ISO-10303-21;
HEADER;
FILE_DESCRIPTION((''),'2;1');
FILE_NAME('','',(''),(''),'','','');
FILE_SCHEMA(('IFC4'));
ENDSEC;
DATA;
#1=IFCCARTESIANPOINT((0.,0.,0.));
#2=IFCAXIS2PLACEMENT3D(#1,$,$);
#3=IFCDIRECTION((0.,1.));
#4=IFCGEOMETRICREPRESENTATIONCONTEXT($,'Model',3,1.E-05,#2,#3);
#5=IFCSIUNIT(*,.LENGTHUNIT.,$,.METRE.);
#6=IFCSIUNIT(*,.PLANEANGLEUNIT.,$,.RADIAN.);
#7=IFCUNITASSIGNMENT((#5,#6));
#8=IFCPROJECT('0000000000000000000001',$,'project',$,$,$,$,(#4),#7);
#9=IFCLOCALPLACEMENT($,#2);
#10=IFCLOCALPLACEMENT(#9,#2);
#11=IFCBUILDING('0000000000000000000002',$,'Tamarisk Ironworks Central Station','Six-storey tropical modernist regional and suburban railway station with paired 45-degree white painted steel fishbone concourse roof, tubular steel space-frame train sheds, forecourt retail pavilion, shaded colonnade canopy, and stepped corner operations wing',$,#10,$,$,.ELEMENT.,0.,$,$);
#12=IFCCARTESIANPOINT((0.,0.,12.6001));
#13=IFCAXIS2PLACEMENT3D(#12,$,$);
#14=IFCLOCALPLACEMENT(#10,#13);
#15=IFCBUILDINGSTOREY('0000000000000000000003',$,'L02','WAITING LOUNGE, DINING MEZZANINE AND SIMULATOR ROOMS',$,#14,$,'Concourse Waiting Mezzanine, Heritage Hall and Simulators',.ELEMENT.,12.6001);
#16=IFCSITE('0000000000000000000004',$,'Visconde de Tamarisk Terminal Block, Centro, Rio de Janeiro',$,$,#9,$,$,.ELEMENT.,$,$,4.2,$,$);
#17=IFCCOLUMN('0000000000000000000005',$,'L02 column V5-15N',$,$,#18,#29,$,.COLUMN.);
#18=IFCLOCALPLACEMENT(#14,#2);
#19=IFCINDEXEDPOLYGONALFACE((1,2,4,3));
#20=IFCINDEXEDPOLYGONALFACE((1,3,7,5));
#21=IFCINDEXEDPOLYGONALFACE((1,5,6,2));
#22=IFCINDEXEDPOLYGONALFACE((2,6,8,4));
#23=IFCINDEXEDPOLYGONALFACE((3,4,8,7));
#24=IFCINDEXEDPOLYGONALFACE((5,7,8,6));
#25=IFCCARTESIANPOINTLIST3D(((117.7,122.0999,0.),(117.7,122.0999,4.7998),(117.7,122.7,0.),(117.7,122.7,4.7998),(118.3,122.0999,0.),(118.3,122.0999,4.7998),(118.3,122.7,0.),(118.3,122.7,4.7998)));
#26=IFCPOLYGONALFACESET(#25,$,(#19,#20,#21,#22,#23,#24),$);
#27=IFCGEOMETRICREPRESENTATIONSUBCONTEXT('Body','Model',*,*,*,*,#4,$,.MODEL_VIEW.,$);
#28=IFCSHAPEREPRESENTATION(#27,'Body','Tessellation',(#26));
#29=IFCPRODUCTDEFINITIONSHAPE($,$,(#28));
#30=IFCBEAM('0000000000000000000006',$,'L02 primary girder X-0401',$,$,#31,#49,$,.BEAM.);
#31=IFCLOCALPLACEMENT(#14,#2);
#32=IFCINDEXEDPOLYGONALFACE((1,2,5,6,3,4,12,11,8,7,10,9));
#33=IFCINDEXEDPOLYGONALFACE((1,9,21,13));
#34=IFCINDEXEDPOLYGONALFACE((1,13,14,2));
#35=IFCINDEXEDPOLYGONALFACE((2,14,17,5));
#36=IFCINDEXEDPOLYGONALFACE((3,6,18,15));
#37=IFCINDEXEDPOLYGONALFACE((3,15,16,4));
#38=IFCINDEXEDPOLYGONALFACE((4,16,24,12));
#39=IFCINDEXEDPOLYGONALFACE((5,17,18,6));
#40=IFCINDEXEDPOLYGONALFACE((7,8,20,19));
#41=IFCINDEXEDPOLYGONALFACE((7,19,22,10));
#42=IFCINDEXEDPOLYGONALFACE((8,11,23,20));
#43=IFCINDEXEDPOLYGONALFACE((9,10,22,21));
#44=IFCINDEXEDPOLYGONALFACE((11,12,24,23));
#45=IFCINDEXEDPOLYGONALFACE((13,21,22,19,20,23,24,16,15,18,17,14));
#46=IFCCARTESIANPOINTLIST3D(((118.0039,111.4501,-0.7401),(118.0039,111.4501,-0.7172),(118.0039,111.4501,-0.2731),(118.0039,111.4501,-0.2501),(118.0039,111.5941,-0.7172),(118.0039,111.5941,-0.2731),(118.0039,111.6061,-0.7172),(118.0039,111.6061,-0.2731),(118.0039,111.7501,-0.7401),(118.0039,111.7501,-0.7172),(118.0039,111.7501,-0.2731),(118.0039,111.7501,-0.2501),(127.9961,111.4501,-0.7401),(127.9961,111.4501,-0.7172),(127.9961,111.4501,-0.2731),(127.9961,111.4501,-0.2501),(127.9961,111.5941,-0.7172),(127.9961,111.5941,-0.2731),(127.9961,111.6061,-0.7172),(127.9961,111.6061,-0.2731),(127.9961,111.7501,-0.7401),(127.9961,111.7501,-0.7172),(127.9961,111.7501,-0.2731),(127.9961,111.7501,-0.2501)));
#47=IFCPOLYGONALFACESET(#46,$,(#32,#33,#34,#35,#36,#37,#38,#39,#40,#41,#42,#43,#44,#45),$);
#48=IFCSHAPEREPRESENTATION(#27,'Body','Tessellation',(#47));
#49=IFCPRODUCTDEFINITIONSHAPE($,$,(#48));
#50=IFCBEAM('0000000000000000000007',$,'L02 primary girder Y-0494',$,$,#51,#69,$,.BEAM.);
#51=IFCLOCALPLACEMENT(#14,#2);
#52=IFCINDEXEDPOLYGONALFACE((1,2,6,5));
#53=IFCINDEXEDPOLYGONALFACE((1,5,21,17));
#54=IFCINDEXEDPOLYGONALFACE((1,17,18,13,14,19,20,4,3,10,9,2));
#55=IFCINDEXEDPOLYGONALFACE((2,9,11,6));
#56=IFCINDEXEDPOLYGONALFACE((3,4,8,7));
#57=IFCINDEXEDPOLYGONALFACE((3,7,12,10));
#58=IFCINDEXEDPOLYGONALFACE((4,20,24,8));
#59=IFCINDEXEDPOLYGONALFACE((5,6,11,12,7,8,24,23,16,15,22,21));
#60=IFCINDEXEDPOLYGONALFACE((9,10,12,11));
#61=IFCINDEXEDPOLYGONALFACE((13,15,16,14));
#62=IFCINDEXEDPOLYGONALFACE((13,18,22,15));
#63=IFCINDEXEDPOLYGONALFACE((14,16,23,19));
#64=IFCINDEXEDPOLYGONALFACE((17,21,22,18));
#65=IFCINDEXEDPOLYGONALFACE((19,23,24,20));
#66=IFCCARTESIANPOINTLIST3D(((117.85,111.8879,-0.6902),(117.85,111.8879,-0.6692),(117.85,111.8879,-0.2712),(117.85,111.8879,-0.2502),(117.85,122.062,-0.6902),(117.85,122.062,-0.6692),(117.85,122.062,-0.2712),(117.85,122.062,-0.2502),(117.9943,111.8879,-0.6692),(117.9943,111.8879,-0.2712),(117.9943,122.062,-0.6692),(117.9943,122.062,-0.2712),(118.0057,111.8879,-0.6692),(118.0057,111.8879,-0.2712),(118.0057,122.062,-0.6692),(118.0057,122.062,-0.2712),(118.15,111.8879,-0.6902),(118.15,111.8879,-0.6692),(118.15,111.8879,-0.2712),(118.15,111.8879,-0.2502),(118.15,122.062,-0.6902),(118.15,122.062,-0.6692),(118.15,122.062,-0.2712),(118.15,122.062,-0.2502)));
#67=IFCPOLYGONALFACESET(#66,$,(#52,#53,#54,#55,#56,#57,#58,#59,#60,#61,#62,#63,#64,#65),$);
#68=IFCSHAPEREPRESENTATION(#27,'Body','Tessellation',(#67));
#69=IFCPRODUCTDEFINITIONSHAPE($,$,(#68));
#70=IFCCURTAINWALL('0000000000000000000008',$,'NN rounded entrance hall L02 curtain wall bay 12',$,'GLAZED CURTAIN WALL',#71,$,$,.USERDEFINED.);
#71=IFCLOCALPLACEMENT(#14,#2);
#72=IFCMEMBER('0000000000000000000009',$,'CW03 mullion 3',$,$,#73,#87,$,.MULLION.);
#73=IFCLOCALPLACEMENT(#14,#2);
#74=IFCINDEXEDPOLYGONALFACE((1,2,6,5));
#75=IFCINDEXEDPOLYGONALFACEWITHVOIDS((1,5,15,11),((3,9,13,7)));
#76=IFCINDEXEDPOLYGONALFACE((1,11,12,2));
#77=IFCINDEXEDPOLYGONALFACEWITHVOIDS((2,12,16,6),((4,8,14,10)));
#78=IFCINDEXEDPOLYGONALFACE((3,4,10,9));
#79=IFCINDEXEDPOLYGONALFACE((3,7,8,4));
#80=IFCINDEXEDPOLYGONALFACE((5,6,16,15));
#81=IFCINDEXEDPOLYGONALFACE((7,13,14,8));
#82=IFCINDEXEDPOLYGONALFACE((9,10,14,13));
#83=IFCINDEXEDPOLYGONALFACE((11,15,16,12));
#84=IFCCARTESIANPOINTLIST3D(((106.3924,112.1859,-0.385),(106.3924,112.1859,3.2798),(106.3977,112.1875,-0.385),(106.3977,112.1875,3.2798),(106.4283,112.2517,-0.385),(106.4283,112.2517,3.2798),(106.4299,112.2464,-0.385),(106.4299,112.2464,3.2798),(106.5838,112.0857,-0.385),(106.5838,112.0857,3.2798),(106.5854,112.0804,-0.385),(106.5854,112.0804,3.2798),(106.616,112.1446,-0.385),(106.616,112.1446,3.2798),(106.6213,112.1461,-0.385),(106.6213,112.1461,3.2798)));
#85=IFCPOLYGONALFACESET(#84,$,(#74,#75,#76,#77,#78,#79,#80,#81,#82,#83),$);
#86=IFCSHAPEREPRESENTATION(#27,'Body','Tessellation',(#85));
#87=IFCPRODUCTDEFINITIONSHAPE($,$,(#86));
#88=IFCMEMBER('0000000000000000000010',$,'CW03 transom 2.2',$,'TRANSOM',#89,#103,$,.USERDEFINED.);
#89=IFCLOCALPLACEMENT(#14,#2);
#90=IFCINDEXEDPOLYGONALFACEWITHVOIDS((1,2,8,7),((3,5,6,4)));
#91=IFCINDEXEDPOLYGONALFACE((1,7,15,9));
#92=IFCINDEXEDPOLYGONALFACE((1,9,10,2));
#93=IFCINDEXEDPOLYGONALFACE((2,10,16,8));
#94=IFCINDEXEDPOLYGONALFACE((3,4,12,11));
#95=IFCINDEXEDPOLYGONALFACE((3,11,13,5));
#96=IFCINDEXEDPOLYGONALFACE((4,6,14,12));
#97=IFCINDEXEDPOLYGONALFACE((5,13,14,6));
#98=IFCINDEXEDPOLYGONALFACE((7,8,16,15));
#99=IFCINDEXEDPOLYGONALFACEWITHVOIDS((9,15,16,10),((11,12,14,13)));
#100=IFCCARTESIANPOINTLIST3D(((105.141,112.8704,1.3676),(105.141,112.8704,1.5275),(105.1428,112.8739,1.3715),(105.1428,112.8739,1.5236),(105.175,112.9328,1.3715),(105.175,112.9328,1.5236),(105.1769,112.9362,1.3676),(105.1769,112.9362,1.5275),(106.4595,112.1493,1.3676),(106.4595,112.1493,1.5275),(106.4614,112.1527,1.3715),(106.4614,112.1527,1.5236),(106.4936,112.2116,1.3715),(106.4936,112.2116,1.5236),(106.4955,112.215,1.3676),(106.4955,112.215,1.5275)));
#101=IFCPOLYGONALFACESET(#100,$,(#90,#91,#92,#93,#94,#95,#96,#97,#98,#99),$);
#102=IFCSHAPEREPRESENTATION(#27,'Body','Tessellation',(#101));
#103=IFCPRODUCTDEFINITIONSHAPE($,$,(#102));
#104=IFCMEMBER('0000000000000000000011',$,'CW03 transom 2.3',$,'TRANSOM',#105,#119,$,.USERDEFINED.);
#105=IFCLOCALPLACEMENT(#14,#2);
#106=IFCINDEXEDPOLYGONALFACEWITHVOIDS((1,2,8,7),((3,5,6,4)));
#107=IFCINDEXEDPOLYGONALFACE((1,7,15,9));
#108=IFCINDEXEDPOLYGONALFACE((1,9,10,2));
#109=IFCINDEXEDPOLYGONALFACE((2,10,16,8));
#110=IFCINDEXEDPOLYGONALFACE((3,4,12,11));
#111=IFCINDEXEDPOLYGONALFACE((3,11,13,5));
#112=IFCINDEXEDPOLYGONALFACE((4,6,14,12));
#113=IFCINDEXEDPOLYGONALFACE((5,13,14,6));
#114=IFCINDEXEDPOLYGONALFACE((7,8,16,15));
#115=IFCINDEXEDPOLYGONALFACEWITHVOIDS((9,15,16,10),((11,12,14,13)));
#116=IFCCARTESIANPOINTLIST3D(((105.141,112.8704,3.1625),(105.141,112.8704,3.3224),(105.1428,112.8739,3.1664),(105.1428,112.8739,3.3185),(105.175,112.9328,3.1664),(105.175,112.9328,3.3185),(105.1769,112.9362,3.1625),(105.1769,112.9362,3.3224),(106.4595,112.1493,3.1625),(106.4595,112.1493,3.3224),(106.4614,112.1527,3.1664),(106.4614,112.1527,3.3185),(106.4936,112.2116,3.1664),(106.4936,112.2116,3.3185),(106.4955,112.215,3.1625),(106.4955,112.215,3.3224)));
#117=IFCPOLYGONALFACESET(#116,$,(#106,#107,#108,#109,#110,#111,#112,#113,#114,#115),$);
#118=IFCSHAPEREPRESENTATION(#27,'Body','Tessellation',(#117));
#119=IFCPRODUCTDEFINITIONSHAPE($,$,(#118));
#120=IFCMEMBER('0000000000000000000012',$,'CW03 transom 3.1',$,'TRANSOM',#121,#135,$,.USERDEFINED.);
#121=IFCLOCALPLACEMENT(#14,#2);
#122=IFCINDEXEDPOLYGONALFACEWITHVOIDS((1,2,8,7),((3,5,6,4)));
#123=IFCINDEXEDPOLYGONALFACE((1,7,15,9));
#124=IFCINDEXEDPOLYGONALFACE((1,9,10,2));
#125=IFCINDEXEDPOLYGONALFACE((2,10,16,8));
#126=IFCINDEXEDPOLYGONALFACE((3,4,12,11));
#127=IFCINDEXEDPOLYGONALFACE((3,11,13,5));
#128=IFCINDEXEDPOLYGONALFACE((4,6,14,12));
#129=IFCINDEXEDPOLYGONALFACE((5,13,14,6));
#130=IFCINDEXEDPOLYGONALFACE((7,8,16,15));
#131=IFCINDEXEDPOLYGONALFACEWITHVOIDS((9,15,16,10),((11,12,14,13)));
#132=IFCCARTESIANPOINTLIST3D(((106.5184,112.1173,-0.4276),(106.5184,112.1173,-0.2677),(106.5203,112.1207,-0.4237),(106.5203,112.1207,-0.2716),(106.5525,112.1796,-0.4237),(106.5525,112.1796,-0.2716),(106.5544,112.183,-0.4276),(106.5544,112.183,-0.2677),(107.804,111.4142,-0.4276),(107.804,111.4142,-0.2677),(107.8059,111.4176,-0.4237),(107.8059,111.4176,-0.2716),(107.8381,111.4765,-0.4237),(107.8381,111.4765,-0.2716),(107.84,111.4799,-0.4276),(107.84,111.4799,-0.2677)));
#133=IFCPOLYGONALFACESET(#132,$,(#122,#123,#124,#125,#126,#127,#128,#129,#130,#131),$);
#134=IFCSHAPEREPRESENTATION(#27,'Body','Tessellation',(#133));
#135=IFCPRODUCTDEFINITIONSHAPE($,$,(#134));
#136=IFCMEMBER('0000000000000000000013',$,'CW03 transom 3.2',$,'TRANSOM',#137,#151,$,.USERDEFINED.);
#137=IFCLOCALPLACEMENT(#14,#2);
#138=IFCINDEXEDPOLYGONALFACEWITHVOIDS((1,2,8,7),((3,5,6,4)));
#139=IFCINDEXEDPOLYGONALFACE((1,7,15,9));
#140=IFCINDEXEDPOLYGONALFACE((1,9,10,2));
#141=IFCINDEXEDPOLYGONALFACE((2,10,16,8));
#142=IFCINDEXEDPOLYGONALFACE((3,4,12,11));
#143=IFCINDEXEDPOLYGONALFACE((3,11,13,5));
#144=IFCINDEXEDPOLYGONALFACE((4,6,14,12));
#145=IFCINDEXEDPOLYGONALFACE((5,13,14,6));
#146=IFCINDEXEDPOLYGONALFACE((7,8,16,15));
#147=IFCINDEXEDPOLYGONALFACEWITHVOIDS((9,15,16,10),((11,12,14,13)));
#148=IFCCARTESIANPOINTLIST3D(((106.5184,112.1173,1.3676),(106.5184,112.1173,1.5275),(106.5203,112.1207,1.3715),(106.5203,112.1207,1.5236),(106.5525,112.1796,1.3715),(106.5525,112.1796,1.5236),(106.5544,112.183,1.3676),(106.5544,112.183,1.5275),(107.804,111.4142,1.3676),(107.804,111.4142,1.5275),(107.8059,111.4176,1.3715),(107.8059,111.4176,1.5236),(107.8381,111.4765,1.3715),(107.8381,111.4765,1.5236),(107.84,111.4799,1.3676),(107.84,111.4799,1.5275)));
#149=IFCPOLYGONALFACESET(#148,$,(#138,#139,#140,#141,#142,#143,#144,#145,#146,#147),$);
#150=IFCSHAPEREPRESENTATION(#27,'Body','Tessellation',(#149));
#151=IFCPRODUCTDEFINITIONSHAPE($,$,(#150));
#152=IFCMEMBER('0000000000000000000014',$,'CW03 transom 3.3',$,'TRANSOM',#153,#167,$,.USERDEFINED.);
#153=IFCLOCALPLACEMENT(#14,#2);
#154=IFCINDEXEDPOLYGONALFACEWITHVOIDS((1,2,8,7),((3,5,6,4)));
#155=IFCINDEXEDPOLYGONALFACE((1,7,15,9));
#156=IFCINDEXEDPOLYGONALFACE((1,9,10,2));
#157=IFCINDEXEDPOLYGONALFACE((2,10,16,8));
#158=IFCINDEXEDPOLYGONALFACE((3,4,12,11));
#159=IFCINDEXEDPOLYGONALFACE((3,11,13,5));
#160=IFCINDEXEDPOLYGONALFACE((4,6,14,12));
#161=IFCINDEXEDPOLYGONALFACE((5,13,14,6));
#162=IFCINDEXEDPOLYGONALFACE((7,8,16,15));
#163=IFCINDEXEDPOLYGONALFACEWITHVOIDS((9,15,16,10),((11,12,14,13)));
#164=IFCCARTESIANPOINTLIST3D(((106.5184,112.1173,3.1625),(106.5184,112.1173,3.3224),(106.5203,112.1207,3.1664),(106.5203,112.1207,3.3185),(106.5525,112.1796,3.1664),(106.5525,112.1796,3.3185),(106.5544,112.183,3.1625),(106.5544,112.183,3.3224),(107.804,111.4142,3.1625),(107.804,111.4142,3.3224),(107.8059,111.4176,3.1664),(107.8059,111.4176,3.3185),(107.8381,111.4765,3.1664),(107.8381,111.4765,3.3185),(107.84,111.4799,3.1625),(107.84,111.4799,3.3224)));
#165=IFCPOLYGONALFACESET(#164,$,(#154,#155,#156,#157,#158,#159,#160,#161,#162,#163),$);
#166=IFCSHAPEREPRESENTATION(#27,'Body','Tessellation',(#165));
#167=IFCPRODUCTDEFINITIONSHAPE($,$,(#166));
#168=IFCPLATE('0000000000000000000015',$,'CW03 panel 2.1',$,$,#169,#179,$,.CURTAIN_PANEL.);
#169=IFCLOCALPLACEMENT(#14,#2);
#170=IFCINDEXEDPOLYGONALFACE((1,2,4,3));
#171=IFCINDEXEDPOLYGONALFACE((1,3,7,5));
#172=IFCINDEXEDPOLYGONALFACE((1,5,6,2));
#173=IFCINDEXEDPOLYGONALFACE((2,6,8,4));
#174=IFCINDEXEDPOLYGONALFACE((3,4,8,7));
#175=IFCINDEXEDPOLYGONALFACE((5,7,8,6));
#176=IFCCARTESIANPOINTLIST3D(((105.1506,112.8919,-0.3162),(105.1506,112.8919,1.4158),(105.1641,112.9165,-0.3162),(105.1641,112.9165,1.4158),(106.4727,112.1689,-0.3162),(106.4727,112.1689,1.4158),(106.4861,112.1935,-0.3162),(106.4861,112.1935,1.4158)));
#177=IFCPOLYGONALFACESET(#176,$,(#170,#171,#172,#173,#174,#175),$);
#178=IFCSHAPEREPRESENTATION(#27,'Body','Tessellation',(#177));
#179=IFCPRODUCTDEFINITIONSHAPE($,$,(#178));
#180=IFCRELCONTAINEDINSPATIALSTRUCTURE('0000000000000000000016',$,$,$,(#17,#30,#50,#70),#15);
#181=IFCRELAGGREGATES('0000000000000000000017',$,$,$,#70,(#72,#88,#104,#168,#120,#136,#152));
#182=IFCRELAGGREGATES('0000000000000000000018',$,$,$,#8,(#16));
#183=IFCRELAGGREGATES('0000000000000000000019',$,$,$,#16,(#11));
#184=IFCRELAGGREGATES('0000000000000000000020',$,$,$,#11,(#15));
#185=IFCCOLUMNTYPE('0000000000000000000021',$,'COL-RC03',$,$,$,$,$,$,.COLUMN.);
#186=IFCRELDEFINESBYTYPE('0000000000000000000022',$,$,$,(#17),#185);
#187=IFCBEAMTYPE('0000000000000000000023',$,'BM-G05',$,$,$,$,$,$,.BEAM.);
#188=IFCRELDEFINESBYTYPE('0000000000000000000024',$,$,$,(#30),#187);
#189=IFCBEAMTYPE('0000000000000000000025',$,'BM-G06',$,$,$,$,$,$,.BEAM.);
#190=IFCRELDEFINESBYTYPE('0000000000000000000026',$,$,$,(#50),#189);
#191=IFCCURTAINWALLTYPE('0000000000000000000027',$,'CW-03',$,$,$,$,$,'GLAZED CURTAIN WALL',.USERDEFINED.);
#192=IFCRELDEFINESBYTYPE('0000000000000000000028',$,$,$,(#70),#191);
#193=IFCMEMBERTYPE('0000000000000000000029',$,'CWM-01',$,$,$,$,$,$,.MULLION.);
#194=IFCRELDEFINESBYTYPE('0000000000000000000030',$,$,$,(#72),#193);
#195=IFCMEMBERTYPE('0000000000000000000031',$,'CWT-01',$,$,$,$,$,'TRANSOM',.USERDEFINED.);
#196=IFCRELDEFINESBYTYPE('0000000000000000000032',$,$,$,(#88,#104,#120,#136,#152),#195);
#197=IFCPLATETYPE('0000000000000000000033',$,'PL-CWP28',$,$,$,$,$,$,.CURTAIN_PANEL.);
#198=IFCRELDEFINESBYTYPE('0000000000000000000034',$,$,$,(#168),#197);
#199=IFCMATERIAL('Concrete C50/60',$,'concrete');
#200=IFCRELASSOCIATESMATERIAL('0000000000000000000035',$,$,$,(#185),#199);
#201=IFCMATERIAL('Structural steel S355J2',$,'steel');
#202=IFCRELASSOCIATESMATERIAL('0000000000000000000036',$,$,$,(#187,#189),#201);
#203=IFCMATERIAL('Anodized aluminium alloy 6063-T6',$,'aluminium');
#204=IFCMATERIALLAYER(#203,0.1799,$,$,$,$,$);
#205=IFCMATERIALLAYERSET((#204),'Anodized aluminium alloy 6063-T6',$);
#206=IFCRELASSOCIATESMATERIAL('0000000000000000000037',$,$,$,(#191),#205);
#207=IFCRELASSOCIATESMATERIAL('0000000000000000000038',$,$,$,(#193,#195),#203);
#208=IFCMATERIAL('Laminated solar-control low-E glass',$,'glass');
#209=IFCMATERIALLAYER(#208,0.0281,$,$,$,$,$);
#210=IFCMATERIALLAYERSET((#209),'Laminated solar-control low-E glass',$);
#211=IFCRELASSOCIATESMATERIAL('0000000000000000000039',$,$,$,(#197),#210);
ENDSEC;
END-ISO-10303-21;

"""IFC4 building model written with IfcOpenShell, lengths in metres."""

from ifc_helpers import new_model, si_unit, direction, frame, origin, origin_2d, place, context, subcontext, project, spatial, rectangle, hollow_rectangle, i_section, extrude, material, layer, layer_set, material_profile, profile_set, type_object, element, aggregate, save


model = new_model("IFC4")

# Units and contexts
model_context = context("Model", 3, precision=1e-05, world=origin(), true_north=direction((0.0, 1.0)))
body_context = subcontext(model_context, "Body", "Model", "MODEL_VIEW")
ifc_project = project(units=[si_unit("LENGTHUNIT", "METRE"), si_unit("PLANEANGLEUNIT", "RADIAN")], contexts=[model_context])

# Site, building, storey
site_placement = place(None, origin())
site = spatial("IfcSite", under=ifc_project, at=site_placement, Name="Visconde de Tamarisk Terminal Block, Centro, Rio de Janeiro", CompositionType="ELEMENT", RefElevation=4.2)
building_placement = place(site_placement, origin())
building = spatial("IfcBuilding", under=site, at=building_placement, Name="Tamarisk Ironworks Central Station", Description="Six-storey tropical modernist regional and suburban railway station with paired 45-degree white painted steel fishbone concourse roof, tubular steel space-frame train sheds, forecourt retail pavilion, shaded colonnade canopy, and stepped corner operations wing", CompositionType="ELEMENT", ElevationOfRefHeight=0.0)
storey_placement = place(building_placement, frame((0.0, 0.0, 12.6001)))
storey = spatial("IfcBuildingStorey", under=building, at=storey_placement, Name="L02", Description="WAITING LOUNGE, DINING MEZZANINE AND SIMULATOR ROOMS", LongName="Concourse Waiting Mezzanine, Heritage Hall and Simulators", CompositionType="ELEMENT", Elevation=12.6001)

# Column
ifc_material_1 = material(Name="Concrete C50/60", Category="concrete")
ifc_material_profile_1 = material_profile(ifc_material_1, rectangle(XDim=0.6001, YDim=0.6001, at=origin_2d()), Name="RC 600x600")
ifc_profile_set_1 = profile_set([ifc_material_profile_1], Name="Concrete C50/60")
column_type = type_object("IfcColumnType", Name="COL-RC03", PredefinedType="COLUMN", material=ifc_profile_set_1)
column_placement = place(storey_placement, frame((118.0, 122.3999, 0.0), z_axis=(0.0, 0.0, 1.0), x_axis=(1.0, 0.0, 0.0)))
element("IfcColumn", 1, at=column_placement, inside=storey, type_object=column_type, Name="L02 column V5-15N", PredefinedType="COLUMN", context=body_context, shape_type="SweptSolid", body=[
    extrude(rectangle(XDim=0.6001, YDim=0.6001, at=origin_2d()), origin(), (0.0, 0.0, 1.0), 4.7998),
])

# Beams
ifc_material_2 = material(Name="Structural steel S355J2", Category="steel")
ifc_material_profile_2 = material_profile(ifc_material_2, i_section(OverallWidth=0.3, OverallDepth=0.49, WebThickness=0.012, FlangeThickness=0.0229, at=origin_2d()), Name="HEA 500")
ifc_profile_set_2 = profile_set([ifc_material_profile_2], Name="Structural steel S355J2")
beam_type_1 = type_object("IfcBeamType", Name="BM-G05", PredefinedType="BEAM", material=ifc_profile_set_2)
beam_1_placement = place(storey_placement, frame((118.0039, 111.6001, -0.4951), z_axis=(1.0, 0.0, 0.0), x_axis=(0.0, 1.0, 0.0)))
element("IfcBeam", 2, at=beam_1_placement, inside=storey, type_object=beam_type_1, Name="L02 primary girder X-0401", PredefinedType="BEAM", context=body_context, shape_type="SweptSolid", body=[
    extrude(i_section(OverallWidth=0.3, OverallDepth=0.49, WebThickness=0.012, FlangeThickness=0.0229, at=origin_2d()), origin(), (0.0, 0.0, 1.0), 9.9922),
])
ifc_material_profile_3 = material_profile(ifc_material_2, i_section(OverallWidth=0.3, OverallDepth=0.4399, WebThickness=0.0115, FlangeThickness=0.021, at=origin_2d()), Name="HEA 450")
ifc_profile_set_3 = profile_set([ifc_material_profile_3], Name="Structural steel S355J2")
beam_type_2 = type_object("IfcBeamType", Name="BM-G06", PredefinedType="BEAM", material=ifc_profile_set_3)
beam_2_placement = place(storey_placement, frame((118.0, 111.8879, -0.4702), z_axis=(0.0, 1.0, 0.0), x_axis=(-1.0, 0.0, 0.0)))
element("IfcBeam", 3, at=beam_2_placement, inside=storey, type_object=beam_type_2, Name="L02 primary girder Y-0494", PredefinedType="BEAM", context=body_context, shape_type="SweptSolid", body=[
    extrude(i_section(OverallWidth=0.3, OverallDepth=0.4399, WebThickness=0.0115, FlangeThickness=0.021, at=origin_2d()), origin(), (0.0, 0.0, 1.0), 10.1741),
])

# Curtain wall, members, plate
ifc_material_3 = material(Name="Anodized aluminium alloy 6063-T6", Category="aluminium")
ifc_layer_1 = layer(ifc_material_3, 0.1799)
ifc_layer_set_1 = layer_set([ifc_layer_1], Name="Anodized aluminium alloy 6063-T6")
curtain_wall_type = type_object("IfcCurtainWallType", Name="CW-03", ElementType="GLAZED CURTAIN WALL", PredefinedType="USERDEFINED", material=ifc_layer_set_1)
curtain_wall_placement = place(storey_placement, origin())
curtain_wall = element("IfcCurtainWall", 4, at=curtain_wall_placement, inside=storey, type_object=curtain_wall_type, Name="NN rounded entrance hall L02 curtain wall bay 12", ObjectType="GLAZED CURTAIN WALL", PredefinedType="USERDEFINED")
ifc_material_profile_4 = material_profile(ifc_material_3, hollow_rectangle(XDim=0.075, YDim=0.22, WallThickness=0.0039, at=origin_2d()), Name="ALUM 220x75")
ifc_profile_set_4 = profile_set([ifc_material_profile_4], Name="Anodized aluminium alloy 6063-T6")
member_type_1 = type_object("IfcMemberType", Name="CWM-01", PredefinedType="MULLION", material=ifc_profile_set_4)
member_1_placement = place(storey_placement, frame((106.5068, 112.166, -0.385), z_axis=(0.0, 0.0, 1.0), x_axis=(0.479805, 0.877375, 0.0)))
member_1 = element("IfcMember", 5, at=member_1_placement, type_object=member_type_1, Name="CW03 mullion 3", PredefinedType="MULLION", context=body_context, shape_type="SweptSolid", body=[
    extrude(hollow_rectangle(XDim=0.075, YDim=0.22, WallThickness=0.0039, at=origin_2d()), origin(), (0.0, 0.0, 1.0), 3.6648),
])
ifc_material_profile_5 = material_profile(ifc_material_3, hollow_rectangle(XDim=0.075, YDim=0.1599, WallThickness=0.0039, at=origin_2d()), Name="ALUM 160x75")
ifc_profile_set_5 = profile_set([ifc_material_profile_5], Name="Anodized aluminium alloy 6063-T6")
member_type_2 = type_object("IfcMemberType", Name="CWT-01", ElementType="TRANSOM", PredefinedType="USERDEFINED", material=ifc_profile_set_5)
member_2_placement = place(storey_placement, frame((105.1589, 112.9033, 1.4475), z_axis=(0.877349, -0.479853, 0.0), x_axis=(0.479853, 0.877349, 0.0)))
member_2 = element("IfcMember", 6, at=member_2_placement, type_object=member_type_2, Name="CW03 transom 2.2", ObjectType="TRANSOM", PredefinedType="USERDEFINED", context=body_context, shape_type="SweptSolid", body=[
    extrude(hollow_rectangle(XDim=0.075, YDim=0.1599, WallThickness=0.0039, at=origin_2d()), origin(), (0.0, 0.0, 1.0), 1.5029),
])
member_3_placement = place(storey_placement, frame((105.1589, 112.9033, 3.2424), z_axis=(0.877349, -0.479853, 0.0), x_axis=(0.479853, 0.877349, 0.0)))
member_3 = element("IfcMember", 7, at=member_3_placement, type_object=member_type_2, Name="CW03 transom 2.3", ObjectType="TRANSOM", PredefinedType="USERDEFINED", context=body_context, shape_type="SweptSolid", body=[
    extrude(hollow_rectangle(XDim=0.075, YDim=0.1599, WallThickness=0.0039, at=origin_2d()), origin(), (0.0, 0.0, 1.0), 1.5029),
])
member_4_placement = place(storey_placement, frame((106.5364, 112.1501, -0.3477), z_axis=(0.87736, -0.479832, 0.0), x_axis=(0.479832, 0.87736, 0.0)))
member_4 = element("IfcMember", 8, at=member_4_placement, type_object=member_type_2, Name="CW03 transom 3.1", ObjectType="TRANSOM", PredefinedType="USERDEFINED", context=body_context, shape_type="SweptSolid", body=[
    extrude(hollow_rectangle(XDim=0.075, YDim=0.1599, WallThickness=0.0039, at=origin_2d()), origin(), (0.0, 0.0, 1.0), 1.4653),
])
member_5_placement = place(storey_placement, frame((106.5364, 112.1501, 1.4475), z_axis=(0.87736, -0.479832, 0.0), x_axis=(0.479832, 0.87736, 0.0)))
member_5 = element("IfcMember", 9, at=member_5_placement, type_object=member_type_2, Name="CW03 transom 3.2", ObjectType="TRANSOM", PredefinedType="USERDEFINED", context=body_context, shape_type="SweptSolid", body=[
    extrude(hollow_rectangle(XDim=0.075, YDim=0.1599, WallThickness=0.0039, at=origin_2d()), origin(), (0.0, 0.0, 1.0), 1.4653),
])
member_6_placement = place(storey_placement, frame((106.5364, 112.1501, 3.2424), z_axis=(0.87736, -0.479832, 0.0), x_axis=(0.479832, 0.87736, 0.0)))
member_6 = element("IfcMember", 10, at=member_6_placement, type_object=member_type_2, Name="CW03 transom 3.3", ObjectType="TRANSOM", PredefinedType="USERDEFINED", context=body_context, shape_type="SweptSolid", body=[
    extrude(hollow_rectangle(XDim=0.075, YDim=0.1599, WallThickness=0.0039, at=origin_2d()), origin(), (0.0, 0.0, 1.0), 1.4653),
])
ifc_material_4 = material(Name="Laminated solar-control low-E glass", Category="glass")
ifc_layer_2 = layer(ifc_material_4, 0.0281)
ifc_layer_set_2 = layer_set([ifc_layer_2], Name="Laminated solar-control low-E glass")
plate_type = type_object("IfcPlateType", Name="PL-CWP28", PredefinedType="CURTAIN_PANEL", material=ifc_layer_set_2)
plate_1_placement = place(storey_placement, frame((105.8184, 112.5427, -0.3162), z_axis=(0.0, 0.0, 1.0), x_axis=(0.877375, -0.479805, 0.0)))
plate_1 = element("IfcPlate", 11, at=plate_1_placement, type_object=plate_type, Name="CW03 panel 2.1", PredefinedType="CURTAIN_PANEL", context=body_context, shape_type="SweptSolid", body=[
    extrude(rectangle(XDim=1.5068, YDim=0.0281, at=origin_2d()), origin(), (0.0, 0.0, 1.0), 1.7319),
])
aggregate(curtain_wall, [member_1, member_2, member_3, plate_1, member_4, member_5, member_6])

save(model, "model.ifc")
